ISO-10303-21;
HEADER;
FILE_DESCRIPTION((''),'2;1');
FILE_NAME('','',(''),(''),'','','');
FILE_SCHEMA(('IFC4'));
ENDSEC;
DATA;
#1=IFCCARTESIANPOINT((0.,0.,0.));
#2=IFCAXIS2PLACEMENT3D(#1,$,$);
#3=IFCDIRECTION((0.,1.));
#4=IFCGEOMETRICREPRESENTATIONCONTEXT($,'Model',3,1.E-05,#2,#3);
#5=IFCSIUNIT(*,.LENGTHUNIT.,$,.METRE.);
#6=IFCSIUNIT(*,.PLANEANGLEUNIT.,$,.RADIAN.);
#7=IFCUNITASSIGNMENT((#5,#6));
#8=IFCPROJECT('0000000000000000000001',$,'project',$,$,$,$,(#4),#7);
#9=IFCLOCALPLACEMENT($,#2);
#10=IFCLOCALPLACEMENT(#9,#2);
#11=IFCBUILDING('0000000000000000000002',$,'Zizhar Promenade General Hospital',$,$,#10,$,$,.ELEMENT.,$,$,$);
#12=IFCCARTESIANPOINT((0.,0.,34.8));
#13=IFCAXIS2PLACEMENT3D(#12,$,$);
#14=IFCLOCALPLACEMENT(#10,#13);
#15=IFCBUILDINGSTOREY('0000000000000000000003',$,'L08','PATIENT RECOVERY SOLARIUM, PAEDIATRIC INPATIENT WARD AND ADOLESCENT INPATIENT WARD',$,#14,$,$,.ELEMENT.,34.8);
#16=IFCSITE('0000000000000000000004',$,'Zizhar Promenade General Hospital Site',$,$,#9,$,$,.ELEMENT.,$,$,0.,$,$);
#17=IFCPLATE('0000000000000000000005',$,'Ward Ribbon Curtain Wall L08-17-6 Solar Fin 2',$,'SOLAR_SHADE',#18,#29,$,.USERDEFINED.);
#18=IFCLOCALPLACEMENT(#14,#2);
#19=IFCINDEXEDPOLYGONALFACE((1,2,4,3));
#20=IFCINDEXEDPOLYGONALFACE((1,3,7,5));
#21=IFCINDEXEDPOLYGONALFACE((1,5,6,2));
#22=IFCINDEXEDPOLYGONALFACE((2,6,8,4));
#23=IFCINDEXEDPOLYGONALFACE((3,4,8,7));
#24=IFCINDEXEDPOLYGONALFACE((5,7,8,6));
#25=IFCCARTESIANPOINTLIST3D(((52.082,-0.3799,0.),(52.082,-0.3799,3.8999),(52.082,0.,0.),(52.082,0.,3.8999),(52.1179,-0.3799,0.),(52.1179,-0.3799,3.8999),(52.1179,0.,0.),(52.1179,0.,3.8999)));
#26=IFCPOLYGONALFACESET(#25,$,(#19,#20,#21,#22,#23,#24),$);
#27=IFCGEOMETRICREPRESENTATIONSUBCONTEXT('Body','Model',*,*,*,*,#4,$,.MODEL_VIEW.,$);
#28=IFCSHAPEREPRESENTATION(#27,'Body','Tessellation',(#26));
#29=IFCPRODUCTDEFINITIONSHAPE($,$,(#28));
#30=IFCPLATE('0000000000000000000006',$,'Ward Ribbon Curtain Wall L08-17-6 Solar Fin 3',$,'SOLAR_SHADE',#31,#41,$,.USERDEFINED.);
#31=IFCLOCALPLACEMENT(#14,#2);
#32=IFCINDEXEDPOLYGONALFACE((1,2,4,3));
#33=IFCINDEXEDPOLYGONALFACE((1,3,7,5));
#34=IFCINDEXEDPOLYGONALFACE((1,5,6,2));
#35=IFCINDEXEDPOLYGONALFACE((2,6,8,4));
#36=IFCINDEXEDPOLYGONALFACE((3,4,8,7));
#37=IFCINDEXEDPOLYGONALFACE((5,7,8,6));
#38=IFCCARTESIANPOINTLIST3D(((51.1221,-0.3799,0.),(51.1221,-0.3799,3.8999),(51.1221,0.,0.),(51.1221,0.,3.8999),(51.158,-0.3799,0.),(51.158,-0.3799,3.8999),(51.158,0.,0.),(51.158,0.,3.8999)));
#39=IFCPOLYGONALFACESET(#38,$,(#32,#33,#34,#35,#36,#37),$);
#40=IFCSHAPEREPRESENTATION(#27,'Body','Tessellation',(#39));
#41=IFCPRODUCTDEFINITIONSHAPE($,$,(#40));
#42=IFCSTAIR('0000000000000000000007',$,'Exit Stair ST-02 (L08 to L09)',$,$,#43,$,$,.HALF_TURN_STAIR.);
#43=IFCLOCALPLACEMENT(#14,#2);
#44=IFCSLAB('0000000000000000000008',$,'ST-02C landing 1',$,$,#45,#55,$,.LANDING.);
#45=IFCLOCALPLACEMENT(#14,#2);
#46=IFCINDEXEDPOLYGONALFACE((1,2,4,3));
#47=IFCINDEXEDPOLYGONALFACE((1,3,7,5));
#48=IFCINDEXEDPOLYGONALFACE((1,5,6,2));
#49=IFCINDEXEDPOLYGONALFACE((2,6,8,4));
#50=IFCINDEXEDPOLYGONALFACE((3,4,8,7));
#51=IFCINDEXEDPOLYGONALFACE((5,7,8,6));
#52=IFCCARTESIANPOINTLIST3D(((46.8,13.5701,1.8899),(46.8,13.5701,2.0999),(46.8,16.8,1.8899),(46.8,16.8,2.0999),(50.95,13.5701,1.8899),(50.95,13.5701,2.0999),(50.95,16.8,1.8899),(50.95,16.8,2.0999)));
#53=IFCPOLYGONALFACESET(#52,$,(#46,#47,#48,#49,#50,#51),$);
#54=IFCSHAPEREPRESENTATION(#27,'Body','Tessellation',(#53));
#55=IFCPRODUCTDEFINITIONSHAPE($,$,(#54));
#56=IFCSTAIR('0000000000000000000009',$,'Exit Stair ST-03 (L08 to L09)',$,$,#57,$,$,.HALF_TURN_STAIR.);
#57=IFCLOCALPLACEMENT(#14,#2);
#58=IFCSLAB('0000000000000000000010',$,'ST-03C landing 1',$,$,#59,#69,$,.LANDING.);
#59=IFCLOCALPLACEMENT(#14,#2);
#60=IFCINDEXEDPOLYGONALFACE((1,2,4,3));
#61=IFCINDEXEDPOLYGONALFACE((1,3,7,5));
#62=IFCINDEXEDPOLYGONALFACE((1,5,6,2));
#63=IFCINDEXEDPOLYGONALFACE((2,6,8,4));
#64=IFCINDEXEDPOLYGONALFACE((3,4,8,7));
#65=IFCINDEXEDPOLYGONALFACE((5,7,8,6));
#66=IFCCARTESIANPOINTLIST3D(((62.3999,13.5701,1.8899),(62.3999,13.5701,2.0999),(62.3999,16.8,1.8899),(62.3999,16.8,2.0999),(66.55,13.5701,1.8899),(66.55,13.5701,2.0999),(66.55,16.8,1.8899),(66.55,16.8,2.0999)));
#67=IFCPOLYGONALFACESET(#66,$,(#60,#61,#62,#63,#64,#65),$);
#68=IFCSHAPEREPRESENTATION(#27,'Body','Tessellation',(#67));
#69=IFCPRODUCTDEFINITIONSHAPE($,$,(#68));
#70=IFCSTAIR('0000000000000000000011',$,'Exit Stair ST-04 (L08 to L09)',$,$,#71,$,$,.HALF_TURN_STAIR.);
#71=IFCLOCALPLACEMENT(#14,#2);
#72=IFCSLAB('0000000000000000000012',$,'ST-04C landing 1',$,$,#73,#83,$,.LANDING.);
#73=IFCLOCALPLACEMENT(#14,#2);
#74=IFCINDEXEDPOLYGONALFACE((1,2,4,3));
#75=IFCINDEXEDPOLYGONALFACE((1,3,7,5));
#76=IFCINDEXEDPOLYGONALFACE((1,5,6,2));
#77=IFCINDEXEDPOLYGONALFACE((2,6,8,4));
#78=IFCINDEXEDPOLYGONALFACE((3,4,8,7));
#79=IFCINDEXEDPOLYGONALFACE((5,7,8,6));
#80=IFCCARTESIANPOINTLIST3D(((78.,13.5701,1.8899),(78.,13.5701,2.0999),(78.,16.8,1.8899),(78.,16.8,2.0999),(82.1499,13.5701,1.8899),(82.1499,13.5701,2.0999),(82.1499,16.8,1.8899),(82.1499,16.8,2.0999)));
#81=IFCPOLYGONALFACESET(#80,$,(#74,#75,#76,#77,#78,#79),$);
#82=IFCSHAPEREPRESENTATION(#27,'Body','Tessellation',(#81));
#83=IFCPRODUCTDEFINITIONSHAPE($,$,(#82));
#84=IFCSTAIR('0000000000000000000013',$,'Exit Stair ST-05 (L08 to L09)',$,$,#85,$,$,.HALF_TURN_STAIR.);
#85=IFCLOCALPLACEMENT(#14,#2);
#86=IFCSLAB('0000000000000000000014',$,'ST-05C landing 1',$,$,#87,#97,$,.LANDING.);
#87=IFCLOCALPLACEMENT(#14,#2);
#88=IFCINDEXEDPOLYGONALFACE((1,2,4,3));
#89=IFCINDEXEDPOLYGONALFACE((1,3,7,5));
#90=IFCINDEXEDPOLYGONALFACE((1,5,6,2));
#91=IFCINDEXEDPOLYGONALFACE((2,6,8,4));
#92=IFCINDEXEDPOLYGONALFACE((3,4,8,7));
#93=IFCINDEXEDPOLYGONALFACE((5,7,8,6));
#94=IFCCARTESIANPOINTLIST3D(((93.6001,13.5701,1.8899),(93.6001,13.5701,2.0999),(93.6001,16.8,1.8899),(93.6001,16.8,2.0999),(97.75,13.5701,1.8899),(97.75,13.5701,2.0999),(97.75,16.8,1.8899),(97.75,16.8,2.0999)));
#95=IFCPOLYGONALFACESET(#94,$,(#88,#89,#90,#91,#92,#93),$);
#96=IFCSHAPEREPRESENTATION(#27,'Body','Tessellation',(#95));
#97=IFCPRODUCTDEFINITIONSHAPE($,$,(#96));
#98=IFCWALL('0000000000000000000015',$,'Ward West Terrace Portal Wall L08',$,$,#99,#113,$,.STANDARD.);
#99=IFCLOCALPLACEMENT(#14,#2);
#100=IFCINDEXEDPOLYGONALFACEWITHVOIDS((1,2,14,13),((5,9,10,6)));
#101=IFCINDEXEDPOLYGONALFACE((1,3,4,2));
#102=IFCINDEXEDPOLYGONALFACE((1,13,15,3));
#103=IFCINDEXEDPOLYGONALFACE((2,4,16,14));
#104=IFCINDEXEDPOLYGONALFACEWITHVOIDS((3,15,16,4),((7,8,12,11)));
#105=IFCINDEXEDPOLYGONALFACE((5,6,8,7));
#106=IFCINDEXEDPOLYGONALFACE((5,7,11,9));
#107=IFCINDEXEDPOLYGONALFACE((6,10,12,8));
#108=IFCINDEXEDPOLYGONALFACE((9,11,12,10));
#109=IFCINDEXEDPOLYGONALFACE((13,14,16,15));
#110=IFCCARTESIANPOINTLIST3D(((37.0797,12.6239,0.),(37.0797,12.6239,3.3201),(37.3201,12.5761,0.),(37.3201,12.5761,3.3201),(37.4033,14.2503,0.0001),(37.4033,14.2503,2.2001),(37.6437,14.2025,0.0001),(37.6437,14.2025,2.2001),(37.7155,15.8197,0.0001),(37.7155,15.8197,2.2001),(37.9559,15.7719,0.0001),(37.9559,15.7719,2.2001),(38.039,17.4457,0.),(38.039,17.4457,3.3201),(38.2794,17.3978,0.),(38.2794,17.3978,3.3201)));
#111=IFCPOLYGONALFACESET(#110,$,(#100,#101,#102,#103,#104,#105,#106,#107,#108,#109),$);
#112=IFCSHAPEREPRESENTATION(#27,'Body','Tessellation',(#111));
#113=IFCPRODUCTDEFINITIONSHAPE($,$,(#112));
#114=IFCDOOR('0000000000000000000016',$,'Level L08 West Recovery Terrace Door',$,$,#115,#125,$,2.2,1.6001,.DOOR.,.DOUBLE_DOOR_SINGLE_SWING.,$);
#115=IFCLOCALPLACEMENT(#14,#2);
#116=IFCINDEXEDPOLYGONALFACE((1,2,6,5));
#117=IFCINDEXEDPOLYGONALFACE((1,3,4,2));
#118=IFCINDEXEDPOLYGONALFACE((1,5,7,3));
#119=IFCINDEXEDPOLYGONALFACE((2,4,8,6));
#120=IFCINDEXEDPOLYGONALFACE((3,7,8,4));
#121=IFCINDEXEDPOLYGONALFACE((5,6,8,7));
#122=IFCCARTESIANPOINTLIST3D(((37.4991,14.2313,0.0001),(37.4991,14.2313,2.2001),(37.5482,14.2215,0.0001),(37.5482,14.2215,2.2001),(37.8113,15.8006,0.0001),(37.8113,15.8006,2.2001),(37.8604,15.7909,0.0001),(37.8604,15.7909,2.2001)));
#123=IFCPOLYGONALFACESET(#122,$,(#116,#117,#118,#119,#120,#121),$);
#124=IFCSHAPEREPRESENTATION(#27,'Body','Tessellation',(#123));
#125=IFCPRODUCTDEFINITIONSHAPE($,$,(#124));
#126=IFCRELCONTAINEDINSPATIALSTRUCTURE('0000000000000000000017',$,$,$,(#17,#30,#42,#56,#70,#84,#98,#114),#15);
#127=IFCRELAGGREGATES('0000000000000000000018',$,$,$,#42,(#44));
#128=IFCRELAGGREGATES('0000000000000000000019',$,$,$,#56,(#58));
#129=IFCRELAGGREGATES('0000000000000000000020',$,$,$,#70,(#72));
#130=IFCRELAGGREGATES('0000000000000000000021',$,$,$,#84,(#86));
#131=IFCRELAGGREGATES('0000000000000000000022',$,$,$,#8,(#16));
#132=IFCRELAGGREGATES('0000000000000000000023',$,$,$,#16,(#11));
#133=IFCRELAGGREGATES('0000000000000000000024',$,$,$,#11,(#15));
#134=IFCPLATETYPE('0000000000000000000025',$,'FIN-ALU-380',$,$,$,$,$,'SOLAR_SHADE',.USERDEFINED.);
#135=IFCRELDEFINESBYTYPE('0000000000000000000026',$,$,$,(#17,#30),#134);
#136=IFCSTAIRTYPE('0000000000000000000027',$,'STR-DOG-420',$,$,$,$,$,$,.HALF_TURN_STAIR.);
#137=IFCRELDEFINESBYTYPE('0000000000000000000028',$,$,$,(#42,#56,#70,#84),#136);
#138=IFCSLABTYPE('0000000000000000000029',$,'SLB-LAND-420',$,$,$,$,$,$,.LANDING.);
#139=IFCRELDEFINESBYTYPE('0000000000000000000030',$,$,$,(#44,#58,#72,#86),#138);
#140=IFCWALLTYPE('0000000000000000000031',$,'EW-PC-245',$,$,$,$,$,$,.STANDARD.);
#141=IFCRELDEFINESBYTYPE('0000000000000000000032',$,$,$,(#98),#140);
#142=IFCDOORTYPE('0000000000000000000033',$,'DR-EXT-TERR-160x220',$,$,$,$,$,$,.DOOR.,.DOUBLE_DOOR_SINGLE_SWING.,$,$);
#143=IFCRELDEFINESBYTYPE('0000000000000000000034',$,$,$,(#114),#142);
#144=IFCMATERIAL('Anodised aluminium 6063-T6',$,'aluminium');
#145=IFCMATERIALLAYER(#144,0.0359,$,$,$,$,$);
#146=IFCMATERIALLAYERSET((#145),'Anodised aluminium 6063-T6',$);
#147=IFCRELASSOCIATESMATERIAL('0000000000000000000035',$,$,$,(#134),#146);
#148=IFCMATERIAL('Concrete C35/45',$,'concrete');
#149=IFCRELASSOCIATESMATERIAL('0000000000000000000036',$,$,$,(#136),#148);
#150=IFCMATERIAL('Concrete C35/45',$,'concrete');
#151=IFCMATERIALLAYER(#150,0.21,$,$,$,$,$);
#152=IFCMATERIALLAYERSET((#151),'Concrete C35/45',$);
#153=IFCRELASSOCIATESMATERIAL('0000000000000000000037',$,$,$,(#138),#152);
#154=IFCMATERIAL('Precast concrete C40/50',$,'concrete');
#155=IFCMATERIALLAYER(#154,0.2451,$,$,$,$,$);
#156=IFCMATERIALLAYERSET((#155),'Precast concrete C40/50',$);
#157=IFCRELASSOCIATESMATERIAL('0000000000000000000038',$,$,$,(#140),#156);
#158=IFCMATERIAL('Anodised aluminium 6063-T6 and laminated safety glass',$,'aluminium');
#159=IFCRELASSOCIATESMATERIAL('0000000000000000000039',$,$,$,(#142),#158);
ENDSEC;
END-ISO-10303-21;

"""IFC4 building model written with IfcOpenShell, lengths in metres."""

from ifc_helpers import new_model, si_unit, direction, frame, frame_2d, origin, place, context, subcontext, project, spatial, polyline, rectangle, outline, extrude, material, layer, layer_set, type_object, element, fill, aggregate, save


model = new_model("IFC4")

# Units and contexts
model_context = context("Model", 3, precision=1e-05, world=origin(), true_north=direction((0.0, 1.0)))
body_context = subcontext(model_context, "Body", "Model", "MODEL_VIEW")
ifc_project = project(units=[si_unit("LENGTHUNIT", "METRE"), si_unit("PLANEANGLEUNIT", "RADIAN")], contexts=[model_context])

# Site, building, storey
site_placement = place(None, origin())
site = spatial("IfcSite", under=ifc_project, at=site_placement, Name="Zizhar Promenade General Hospital Site", CompositionType="ELEMENT", RefElevation=0.0)
building_placement = place(site_placement, origin())
building = spatial("IfcBuilding", under=site, at=building_placement, Name="Zizhar Promenade General Hospital", CompositionType="ELEMENT")
storey_placement = place(building_placement, frame((0.0, 0.0, 34.8)))
storey = spatial("IfcBuildingStorey", under=building, at=storey_placement, Name="L08", Description="PATIENT RECOVERY SOLARIUM, PAEDIATRIC INPATIENT WARD AND ADOLESCENT INPATIENT WARD", CompositionType="ELEMENT", Elevation=34.8)

# Plates
ifc_material_1 = material(Name="Anodised aluminium 6063-T6", Category="aluminium")
ifc_layer_1 = layer(ifc_material_1, 0.0359)
ifc_layer_set_1 = layer_set([ifc_layer_1], Name="Anodised aluminium 6063-T6")
plate_type_1 = type_object("IfcPlateType", Name="FIN-ALU-380", ElementType="SOLAR_SHADE", PredefinedType="USERDEFINED", material=ifc_layer_set_1)
plate_1_placement = place(storey_placement, origin())
element("IfcPlate", 1, at=plate_1_placement, inside=storey, type_object=plate_type_1, Name="Ward Ribbon Curtain Wall L08-17-6 Solar Fin 2", ObjectType="SOLAR_SHADE", PredefinedType="USERDEFINED", context=body_context, shape_type="SweptSolid", body=[
    extrude(outline(polyline([(52.1179, 0.0), (52.082, 0.0), (52.082, -0.3799), (52.1179, -0.3799), (52.1179, 0.0)])), origin(), (0.0, 0.0, 1.0), 3.8999),
])
plate_2_placement = place(storey_placement, origin())
element("IfcPlate", 2, at=plate_2_placement, inside=storey, type_object=plate_type_1, Name="Ward Ribbon Curtain Wall L08-17-6 Solar Fin 3", ObjectType="SOLAR_SHADE", PredefinedType="USERDEFINED", context=body_context, shape_type="SweptSolid", body=[
    extrude(outline(polyline([(51.158, 0.0), (51.1221, 0.0), (51.1221, -0.3799), (51.158, -0.3799), (51.158, 0.0)])), origin(), (0.0, 0.0, 1.0), 3.8999),
])

# Stairs, slabs
ifc_material_2 = material(Name="Concrete C35/45", Category="concrete")
stair_type = type_object("IfcStairType", Name="STR-DOG-420", PredefinedType="HALF_TURN_STAIR", material=ifc_material_2)
stair_1_placement = place(storey_placement, origin())
stair_1 = element("IfcStair", 3, at=stair_1_placement, inside=storey, type_object=stair_type, Name="Exit Stair ST-02 (L08 to L09)", PredefinedType="HALF_TURN_STAIR")
ifc_material_3 = material(Name="Concrete C35/45", Category="concrete")
ifc_layer_2 = layer(ifc_material_3, 0.21)
ifc_layer_set_2 = layer_set([ifc_layer_2], Name="Concrete C35/45")
slab_type = type_object("IfcSlabType", Name="SLB-LAND-420", PredefinedType="LANDING", material=ifc_layer_set_2)
slab_1_placement = place(storey_placement, frame((0.0, 0.0, 1.8899)))
slab_1 = element("IfcSlab", 4, at=slab_1_placement, type_object=slab_type, Name="ST-02C landing 1", PredefinedType="LANDING", context=body_context, shape_type="SweptSolid", body=[
    extrude(outline(polyline([(46.8, 13.5701), (50.95, 13.5701), (50.95, 16.8), (46.8, 16.8), (46.8, 13.5701)])), origin(), (0.0, 0.0, 1.0), 0.21),
])
aggregate(stair_1, [slab_1])
stair_2_placement = place(storey_placement, origin())
stair_2 = element("IfcStair", 5, at=stair_2_placement, inside=storey, type_object=stair_type, Name="Exit Stair ST-03 (L08 to L09)", PredefinedType="HALF_TURN_STAIR")
slab_2_placement = place(storey_placement, frame((0.0, 0.0, 1.8899)))
slab_2 = element("IfcSlab", 6, at=slab_2_placement, type_object=slab_type, Name="ST-03C landing 1", PredefinedType="LANDING", context=body_context, shape_type="SweptSolid", body=[
    extrude(outline(polyline([(62.3999, 13.5701), (66.55, 13.5701), (66.55, 16.8), (62.3999, 16.8), (62.3999, 13.5701)])), origin(), (0.0, 0.0, 1.0), 0.21),
])
aggregate(stair_2, [slab_2])
stair_3_placement = place(storey_placement, origin())
stair_3 = element("IfcStair", 7, at=stair_3_placement, inside=storey, type_object=stair_type, Name="Exit Stair ST-04 (L08 to L09)", PredefinedType="HALF_TURN_STAIR")
slab_3_placement = place(storey_placement, frame((0.0, 0.0, 1.8899)))
slab_3 = element("IfcSlab", 8, at=slab_3_placement, type_object=slab_type, Name="ST-04C landing 1", PredefinedType="LANDING", context=body_context, shape_type="SweptSolid", body=[
    extrude(outline(polyline([(78.0, 13.5701), (82.1499, 13.5701), (82.1499, 16.8), (78.0, 16.8), (78.0, 13.5701)])), origin(), (0.0, 0.0, 1.0), 0.21),
])
aggregate(stair_3, [slab_3])
stair_4_placement = place(storey_placement, origin())
stair_4 = element("IfcStair", 9, at=stair_4_placement, inside=storey, type_object=stair_type, Name="Exit Stair ST-05 (L08 to L09)", PredefinedType="HALF_TURN_STAIR")
slab_4_placement = place(storey_placement, frame((0.0, 0.0, 1.8899)))
slab_4 = element("IfcSlab", 10, at=slab_4_placement, type_object=slab_type, Name="ST-05C landing 1", PredefinedType="LANDING", context=body_context, shape_type="SweptSolid", body=[
    extrude(outline(polyline([(93.6001, 13.5701), (97.75, 13.5701), (97.75, 16.8), (93.6001, 16.8), (93.6001, 13.5701)])), origin(), (0.0, 0.0, 1.0), 0.21),
])
aggregate(stair_4, [slab_4])

# Wall, opening, door
ifc_material_4 = material(Name="Precast concrete C40/50", Category="concrete")
ifc_layer_3 = layer(ifc_material_4, 0.2451)
ifc_layer_set_3 = layer_set([ifc_layer_3], Name="Precast concrete C40/50")
wall_type = type_object("IfcWallType", Name="EW-PC-245", PredefinedType="STANDARD", material=ifc_layer_set_3)
wall_placement = place(storey_placement, frame((37.2, 12.6001, 0.0), z_axis=(0.0, 0.0, 1.0), x_axis=(0.195113, 0.980781, 0.0)))
wall = element("IfcWall", 11, at=wall_placement, inside=storey, type_object=wall_type, Name="Ward West Terrace Portal Wall L08", PredefinedType="STANDARD", context=body_context, shape_type="SweptSolid", body=[
    extrude(rectangle(XDim=4.9163, YDim=0.2451, at=frame_2d((2.458, 0.0))), origin(), (0.0, 0.0, 1.0), 3.3201),
])
opening_placement = place(wall_placement, frame((1.6582, 0.0, 0.0)))
opening = element("IfcOpeningElement", 12, at=opening_placement, cuts=wall, PredefinedType="OPENING", context=body_context, shape_type="SweptSolid", body=[
    extrude(rectangle(XDim=1.6001, YDim=2.2, at=frame_2d((0.8, 1.1001))), frame((0.0, 0.1326, 0.0), z_axis=(0.0, -1.0, 0.0), x_axis=(1.0, 0.0, 0.0)), (0.0, 0.0, 1.0), 0.2651),
])
ifc_material_5 = material(Name="Anodised aluminium 6063-T6 and laminated safety glass", Category="aluminium")
door_type = type_object("IfcDoorType", Name="DR-EXT-TERR-160x220", OperationType="DOUBLE_DOOR_SINGLE_SWING", PredefinedType="DOOR", material=ifc_material_5)
door_placement = place(opening_placement, origin())
door = element("IfcDoor", 13, at=door_placement, inside=storey, type_object=door_type, Name="Level L08 West Recovery Terrace Door", OperationType="DOUBLE_DOOR_SINGLE_SWING", OverallHeight=2.2, OverallWidth=1.6001, PredefinedType="DOOR", context=body_context, shape_type="SweptSolid", body=[
    extrude(rectangle(XDim=1.6001, YDim=2.2, at=frame_2d((0.8, 1.1001))), frame((0.0, 0.0249, 0.0), z_axis=(0.0, -1.0, 0.0), x_axis=(1.0, 0.0, 0.0)), (0.0, 0.0, 1.0), 0.05),
])
fill(opening, door)

save(model, "model.ifc")
